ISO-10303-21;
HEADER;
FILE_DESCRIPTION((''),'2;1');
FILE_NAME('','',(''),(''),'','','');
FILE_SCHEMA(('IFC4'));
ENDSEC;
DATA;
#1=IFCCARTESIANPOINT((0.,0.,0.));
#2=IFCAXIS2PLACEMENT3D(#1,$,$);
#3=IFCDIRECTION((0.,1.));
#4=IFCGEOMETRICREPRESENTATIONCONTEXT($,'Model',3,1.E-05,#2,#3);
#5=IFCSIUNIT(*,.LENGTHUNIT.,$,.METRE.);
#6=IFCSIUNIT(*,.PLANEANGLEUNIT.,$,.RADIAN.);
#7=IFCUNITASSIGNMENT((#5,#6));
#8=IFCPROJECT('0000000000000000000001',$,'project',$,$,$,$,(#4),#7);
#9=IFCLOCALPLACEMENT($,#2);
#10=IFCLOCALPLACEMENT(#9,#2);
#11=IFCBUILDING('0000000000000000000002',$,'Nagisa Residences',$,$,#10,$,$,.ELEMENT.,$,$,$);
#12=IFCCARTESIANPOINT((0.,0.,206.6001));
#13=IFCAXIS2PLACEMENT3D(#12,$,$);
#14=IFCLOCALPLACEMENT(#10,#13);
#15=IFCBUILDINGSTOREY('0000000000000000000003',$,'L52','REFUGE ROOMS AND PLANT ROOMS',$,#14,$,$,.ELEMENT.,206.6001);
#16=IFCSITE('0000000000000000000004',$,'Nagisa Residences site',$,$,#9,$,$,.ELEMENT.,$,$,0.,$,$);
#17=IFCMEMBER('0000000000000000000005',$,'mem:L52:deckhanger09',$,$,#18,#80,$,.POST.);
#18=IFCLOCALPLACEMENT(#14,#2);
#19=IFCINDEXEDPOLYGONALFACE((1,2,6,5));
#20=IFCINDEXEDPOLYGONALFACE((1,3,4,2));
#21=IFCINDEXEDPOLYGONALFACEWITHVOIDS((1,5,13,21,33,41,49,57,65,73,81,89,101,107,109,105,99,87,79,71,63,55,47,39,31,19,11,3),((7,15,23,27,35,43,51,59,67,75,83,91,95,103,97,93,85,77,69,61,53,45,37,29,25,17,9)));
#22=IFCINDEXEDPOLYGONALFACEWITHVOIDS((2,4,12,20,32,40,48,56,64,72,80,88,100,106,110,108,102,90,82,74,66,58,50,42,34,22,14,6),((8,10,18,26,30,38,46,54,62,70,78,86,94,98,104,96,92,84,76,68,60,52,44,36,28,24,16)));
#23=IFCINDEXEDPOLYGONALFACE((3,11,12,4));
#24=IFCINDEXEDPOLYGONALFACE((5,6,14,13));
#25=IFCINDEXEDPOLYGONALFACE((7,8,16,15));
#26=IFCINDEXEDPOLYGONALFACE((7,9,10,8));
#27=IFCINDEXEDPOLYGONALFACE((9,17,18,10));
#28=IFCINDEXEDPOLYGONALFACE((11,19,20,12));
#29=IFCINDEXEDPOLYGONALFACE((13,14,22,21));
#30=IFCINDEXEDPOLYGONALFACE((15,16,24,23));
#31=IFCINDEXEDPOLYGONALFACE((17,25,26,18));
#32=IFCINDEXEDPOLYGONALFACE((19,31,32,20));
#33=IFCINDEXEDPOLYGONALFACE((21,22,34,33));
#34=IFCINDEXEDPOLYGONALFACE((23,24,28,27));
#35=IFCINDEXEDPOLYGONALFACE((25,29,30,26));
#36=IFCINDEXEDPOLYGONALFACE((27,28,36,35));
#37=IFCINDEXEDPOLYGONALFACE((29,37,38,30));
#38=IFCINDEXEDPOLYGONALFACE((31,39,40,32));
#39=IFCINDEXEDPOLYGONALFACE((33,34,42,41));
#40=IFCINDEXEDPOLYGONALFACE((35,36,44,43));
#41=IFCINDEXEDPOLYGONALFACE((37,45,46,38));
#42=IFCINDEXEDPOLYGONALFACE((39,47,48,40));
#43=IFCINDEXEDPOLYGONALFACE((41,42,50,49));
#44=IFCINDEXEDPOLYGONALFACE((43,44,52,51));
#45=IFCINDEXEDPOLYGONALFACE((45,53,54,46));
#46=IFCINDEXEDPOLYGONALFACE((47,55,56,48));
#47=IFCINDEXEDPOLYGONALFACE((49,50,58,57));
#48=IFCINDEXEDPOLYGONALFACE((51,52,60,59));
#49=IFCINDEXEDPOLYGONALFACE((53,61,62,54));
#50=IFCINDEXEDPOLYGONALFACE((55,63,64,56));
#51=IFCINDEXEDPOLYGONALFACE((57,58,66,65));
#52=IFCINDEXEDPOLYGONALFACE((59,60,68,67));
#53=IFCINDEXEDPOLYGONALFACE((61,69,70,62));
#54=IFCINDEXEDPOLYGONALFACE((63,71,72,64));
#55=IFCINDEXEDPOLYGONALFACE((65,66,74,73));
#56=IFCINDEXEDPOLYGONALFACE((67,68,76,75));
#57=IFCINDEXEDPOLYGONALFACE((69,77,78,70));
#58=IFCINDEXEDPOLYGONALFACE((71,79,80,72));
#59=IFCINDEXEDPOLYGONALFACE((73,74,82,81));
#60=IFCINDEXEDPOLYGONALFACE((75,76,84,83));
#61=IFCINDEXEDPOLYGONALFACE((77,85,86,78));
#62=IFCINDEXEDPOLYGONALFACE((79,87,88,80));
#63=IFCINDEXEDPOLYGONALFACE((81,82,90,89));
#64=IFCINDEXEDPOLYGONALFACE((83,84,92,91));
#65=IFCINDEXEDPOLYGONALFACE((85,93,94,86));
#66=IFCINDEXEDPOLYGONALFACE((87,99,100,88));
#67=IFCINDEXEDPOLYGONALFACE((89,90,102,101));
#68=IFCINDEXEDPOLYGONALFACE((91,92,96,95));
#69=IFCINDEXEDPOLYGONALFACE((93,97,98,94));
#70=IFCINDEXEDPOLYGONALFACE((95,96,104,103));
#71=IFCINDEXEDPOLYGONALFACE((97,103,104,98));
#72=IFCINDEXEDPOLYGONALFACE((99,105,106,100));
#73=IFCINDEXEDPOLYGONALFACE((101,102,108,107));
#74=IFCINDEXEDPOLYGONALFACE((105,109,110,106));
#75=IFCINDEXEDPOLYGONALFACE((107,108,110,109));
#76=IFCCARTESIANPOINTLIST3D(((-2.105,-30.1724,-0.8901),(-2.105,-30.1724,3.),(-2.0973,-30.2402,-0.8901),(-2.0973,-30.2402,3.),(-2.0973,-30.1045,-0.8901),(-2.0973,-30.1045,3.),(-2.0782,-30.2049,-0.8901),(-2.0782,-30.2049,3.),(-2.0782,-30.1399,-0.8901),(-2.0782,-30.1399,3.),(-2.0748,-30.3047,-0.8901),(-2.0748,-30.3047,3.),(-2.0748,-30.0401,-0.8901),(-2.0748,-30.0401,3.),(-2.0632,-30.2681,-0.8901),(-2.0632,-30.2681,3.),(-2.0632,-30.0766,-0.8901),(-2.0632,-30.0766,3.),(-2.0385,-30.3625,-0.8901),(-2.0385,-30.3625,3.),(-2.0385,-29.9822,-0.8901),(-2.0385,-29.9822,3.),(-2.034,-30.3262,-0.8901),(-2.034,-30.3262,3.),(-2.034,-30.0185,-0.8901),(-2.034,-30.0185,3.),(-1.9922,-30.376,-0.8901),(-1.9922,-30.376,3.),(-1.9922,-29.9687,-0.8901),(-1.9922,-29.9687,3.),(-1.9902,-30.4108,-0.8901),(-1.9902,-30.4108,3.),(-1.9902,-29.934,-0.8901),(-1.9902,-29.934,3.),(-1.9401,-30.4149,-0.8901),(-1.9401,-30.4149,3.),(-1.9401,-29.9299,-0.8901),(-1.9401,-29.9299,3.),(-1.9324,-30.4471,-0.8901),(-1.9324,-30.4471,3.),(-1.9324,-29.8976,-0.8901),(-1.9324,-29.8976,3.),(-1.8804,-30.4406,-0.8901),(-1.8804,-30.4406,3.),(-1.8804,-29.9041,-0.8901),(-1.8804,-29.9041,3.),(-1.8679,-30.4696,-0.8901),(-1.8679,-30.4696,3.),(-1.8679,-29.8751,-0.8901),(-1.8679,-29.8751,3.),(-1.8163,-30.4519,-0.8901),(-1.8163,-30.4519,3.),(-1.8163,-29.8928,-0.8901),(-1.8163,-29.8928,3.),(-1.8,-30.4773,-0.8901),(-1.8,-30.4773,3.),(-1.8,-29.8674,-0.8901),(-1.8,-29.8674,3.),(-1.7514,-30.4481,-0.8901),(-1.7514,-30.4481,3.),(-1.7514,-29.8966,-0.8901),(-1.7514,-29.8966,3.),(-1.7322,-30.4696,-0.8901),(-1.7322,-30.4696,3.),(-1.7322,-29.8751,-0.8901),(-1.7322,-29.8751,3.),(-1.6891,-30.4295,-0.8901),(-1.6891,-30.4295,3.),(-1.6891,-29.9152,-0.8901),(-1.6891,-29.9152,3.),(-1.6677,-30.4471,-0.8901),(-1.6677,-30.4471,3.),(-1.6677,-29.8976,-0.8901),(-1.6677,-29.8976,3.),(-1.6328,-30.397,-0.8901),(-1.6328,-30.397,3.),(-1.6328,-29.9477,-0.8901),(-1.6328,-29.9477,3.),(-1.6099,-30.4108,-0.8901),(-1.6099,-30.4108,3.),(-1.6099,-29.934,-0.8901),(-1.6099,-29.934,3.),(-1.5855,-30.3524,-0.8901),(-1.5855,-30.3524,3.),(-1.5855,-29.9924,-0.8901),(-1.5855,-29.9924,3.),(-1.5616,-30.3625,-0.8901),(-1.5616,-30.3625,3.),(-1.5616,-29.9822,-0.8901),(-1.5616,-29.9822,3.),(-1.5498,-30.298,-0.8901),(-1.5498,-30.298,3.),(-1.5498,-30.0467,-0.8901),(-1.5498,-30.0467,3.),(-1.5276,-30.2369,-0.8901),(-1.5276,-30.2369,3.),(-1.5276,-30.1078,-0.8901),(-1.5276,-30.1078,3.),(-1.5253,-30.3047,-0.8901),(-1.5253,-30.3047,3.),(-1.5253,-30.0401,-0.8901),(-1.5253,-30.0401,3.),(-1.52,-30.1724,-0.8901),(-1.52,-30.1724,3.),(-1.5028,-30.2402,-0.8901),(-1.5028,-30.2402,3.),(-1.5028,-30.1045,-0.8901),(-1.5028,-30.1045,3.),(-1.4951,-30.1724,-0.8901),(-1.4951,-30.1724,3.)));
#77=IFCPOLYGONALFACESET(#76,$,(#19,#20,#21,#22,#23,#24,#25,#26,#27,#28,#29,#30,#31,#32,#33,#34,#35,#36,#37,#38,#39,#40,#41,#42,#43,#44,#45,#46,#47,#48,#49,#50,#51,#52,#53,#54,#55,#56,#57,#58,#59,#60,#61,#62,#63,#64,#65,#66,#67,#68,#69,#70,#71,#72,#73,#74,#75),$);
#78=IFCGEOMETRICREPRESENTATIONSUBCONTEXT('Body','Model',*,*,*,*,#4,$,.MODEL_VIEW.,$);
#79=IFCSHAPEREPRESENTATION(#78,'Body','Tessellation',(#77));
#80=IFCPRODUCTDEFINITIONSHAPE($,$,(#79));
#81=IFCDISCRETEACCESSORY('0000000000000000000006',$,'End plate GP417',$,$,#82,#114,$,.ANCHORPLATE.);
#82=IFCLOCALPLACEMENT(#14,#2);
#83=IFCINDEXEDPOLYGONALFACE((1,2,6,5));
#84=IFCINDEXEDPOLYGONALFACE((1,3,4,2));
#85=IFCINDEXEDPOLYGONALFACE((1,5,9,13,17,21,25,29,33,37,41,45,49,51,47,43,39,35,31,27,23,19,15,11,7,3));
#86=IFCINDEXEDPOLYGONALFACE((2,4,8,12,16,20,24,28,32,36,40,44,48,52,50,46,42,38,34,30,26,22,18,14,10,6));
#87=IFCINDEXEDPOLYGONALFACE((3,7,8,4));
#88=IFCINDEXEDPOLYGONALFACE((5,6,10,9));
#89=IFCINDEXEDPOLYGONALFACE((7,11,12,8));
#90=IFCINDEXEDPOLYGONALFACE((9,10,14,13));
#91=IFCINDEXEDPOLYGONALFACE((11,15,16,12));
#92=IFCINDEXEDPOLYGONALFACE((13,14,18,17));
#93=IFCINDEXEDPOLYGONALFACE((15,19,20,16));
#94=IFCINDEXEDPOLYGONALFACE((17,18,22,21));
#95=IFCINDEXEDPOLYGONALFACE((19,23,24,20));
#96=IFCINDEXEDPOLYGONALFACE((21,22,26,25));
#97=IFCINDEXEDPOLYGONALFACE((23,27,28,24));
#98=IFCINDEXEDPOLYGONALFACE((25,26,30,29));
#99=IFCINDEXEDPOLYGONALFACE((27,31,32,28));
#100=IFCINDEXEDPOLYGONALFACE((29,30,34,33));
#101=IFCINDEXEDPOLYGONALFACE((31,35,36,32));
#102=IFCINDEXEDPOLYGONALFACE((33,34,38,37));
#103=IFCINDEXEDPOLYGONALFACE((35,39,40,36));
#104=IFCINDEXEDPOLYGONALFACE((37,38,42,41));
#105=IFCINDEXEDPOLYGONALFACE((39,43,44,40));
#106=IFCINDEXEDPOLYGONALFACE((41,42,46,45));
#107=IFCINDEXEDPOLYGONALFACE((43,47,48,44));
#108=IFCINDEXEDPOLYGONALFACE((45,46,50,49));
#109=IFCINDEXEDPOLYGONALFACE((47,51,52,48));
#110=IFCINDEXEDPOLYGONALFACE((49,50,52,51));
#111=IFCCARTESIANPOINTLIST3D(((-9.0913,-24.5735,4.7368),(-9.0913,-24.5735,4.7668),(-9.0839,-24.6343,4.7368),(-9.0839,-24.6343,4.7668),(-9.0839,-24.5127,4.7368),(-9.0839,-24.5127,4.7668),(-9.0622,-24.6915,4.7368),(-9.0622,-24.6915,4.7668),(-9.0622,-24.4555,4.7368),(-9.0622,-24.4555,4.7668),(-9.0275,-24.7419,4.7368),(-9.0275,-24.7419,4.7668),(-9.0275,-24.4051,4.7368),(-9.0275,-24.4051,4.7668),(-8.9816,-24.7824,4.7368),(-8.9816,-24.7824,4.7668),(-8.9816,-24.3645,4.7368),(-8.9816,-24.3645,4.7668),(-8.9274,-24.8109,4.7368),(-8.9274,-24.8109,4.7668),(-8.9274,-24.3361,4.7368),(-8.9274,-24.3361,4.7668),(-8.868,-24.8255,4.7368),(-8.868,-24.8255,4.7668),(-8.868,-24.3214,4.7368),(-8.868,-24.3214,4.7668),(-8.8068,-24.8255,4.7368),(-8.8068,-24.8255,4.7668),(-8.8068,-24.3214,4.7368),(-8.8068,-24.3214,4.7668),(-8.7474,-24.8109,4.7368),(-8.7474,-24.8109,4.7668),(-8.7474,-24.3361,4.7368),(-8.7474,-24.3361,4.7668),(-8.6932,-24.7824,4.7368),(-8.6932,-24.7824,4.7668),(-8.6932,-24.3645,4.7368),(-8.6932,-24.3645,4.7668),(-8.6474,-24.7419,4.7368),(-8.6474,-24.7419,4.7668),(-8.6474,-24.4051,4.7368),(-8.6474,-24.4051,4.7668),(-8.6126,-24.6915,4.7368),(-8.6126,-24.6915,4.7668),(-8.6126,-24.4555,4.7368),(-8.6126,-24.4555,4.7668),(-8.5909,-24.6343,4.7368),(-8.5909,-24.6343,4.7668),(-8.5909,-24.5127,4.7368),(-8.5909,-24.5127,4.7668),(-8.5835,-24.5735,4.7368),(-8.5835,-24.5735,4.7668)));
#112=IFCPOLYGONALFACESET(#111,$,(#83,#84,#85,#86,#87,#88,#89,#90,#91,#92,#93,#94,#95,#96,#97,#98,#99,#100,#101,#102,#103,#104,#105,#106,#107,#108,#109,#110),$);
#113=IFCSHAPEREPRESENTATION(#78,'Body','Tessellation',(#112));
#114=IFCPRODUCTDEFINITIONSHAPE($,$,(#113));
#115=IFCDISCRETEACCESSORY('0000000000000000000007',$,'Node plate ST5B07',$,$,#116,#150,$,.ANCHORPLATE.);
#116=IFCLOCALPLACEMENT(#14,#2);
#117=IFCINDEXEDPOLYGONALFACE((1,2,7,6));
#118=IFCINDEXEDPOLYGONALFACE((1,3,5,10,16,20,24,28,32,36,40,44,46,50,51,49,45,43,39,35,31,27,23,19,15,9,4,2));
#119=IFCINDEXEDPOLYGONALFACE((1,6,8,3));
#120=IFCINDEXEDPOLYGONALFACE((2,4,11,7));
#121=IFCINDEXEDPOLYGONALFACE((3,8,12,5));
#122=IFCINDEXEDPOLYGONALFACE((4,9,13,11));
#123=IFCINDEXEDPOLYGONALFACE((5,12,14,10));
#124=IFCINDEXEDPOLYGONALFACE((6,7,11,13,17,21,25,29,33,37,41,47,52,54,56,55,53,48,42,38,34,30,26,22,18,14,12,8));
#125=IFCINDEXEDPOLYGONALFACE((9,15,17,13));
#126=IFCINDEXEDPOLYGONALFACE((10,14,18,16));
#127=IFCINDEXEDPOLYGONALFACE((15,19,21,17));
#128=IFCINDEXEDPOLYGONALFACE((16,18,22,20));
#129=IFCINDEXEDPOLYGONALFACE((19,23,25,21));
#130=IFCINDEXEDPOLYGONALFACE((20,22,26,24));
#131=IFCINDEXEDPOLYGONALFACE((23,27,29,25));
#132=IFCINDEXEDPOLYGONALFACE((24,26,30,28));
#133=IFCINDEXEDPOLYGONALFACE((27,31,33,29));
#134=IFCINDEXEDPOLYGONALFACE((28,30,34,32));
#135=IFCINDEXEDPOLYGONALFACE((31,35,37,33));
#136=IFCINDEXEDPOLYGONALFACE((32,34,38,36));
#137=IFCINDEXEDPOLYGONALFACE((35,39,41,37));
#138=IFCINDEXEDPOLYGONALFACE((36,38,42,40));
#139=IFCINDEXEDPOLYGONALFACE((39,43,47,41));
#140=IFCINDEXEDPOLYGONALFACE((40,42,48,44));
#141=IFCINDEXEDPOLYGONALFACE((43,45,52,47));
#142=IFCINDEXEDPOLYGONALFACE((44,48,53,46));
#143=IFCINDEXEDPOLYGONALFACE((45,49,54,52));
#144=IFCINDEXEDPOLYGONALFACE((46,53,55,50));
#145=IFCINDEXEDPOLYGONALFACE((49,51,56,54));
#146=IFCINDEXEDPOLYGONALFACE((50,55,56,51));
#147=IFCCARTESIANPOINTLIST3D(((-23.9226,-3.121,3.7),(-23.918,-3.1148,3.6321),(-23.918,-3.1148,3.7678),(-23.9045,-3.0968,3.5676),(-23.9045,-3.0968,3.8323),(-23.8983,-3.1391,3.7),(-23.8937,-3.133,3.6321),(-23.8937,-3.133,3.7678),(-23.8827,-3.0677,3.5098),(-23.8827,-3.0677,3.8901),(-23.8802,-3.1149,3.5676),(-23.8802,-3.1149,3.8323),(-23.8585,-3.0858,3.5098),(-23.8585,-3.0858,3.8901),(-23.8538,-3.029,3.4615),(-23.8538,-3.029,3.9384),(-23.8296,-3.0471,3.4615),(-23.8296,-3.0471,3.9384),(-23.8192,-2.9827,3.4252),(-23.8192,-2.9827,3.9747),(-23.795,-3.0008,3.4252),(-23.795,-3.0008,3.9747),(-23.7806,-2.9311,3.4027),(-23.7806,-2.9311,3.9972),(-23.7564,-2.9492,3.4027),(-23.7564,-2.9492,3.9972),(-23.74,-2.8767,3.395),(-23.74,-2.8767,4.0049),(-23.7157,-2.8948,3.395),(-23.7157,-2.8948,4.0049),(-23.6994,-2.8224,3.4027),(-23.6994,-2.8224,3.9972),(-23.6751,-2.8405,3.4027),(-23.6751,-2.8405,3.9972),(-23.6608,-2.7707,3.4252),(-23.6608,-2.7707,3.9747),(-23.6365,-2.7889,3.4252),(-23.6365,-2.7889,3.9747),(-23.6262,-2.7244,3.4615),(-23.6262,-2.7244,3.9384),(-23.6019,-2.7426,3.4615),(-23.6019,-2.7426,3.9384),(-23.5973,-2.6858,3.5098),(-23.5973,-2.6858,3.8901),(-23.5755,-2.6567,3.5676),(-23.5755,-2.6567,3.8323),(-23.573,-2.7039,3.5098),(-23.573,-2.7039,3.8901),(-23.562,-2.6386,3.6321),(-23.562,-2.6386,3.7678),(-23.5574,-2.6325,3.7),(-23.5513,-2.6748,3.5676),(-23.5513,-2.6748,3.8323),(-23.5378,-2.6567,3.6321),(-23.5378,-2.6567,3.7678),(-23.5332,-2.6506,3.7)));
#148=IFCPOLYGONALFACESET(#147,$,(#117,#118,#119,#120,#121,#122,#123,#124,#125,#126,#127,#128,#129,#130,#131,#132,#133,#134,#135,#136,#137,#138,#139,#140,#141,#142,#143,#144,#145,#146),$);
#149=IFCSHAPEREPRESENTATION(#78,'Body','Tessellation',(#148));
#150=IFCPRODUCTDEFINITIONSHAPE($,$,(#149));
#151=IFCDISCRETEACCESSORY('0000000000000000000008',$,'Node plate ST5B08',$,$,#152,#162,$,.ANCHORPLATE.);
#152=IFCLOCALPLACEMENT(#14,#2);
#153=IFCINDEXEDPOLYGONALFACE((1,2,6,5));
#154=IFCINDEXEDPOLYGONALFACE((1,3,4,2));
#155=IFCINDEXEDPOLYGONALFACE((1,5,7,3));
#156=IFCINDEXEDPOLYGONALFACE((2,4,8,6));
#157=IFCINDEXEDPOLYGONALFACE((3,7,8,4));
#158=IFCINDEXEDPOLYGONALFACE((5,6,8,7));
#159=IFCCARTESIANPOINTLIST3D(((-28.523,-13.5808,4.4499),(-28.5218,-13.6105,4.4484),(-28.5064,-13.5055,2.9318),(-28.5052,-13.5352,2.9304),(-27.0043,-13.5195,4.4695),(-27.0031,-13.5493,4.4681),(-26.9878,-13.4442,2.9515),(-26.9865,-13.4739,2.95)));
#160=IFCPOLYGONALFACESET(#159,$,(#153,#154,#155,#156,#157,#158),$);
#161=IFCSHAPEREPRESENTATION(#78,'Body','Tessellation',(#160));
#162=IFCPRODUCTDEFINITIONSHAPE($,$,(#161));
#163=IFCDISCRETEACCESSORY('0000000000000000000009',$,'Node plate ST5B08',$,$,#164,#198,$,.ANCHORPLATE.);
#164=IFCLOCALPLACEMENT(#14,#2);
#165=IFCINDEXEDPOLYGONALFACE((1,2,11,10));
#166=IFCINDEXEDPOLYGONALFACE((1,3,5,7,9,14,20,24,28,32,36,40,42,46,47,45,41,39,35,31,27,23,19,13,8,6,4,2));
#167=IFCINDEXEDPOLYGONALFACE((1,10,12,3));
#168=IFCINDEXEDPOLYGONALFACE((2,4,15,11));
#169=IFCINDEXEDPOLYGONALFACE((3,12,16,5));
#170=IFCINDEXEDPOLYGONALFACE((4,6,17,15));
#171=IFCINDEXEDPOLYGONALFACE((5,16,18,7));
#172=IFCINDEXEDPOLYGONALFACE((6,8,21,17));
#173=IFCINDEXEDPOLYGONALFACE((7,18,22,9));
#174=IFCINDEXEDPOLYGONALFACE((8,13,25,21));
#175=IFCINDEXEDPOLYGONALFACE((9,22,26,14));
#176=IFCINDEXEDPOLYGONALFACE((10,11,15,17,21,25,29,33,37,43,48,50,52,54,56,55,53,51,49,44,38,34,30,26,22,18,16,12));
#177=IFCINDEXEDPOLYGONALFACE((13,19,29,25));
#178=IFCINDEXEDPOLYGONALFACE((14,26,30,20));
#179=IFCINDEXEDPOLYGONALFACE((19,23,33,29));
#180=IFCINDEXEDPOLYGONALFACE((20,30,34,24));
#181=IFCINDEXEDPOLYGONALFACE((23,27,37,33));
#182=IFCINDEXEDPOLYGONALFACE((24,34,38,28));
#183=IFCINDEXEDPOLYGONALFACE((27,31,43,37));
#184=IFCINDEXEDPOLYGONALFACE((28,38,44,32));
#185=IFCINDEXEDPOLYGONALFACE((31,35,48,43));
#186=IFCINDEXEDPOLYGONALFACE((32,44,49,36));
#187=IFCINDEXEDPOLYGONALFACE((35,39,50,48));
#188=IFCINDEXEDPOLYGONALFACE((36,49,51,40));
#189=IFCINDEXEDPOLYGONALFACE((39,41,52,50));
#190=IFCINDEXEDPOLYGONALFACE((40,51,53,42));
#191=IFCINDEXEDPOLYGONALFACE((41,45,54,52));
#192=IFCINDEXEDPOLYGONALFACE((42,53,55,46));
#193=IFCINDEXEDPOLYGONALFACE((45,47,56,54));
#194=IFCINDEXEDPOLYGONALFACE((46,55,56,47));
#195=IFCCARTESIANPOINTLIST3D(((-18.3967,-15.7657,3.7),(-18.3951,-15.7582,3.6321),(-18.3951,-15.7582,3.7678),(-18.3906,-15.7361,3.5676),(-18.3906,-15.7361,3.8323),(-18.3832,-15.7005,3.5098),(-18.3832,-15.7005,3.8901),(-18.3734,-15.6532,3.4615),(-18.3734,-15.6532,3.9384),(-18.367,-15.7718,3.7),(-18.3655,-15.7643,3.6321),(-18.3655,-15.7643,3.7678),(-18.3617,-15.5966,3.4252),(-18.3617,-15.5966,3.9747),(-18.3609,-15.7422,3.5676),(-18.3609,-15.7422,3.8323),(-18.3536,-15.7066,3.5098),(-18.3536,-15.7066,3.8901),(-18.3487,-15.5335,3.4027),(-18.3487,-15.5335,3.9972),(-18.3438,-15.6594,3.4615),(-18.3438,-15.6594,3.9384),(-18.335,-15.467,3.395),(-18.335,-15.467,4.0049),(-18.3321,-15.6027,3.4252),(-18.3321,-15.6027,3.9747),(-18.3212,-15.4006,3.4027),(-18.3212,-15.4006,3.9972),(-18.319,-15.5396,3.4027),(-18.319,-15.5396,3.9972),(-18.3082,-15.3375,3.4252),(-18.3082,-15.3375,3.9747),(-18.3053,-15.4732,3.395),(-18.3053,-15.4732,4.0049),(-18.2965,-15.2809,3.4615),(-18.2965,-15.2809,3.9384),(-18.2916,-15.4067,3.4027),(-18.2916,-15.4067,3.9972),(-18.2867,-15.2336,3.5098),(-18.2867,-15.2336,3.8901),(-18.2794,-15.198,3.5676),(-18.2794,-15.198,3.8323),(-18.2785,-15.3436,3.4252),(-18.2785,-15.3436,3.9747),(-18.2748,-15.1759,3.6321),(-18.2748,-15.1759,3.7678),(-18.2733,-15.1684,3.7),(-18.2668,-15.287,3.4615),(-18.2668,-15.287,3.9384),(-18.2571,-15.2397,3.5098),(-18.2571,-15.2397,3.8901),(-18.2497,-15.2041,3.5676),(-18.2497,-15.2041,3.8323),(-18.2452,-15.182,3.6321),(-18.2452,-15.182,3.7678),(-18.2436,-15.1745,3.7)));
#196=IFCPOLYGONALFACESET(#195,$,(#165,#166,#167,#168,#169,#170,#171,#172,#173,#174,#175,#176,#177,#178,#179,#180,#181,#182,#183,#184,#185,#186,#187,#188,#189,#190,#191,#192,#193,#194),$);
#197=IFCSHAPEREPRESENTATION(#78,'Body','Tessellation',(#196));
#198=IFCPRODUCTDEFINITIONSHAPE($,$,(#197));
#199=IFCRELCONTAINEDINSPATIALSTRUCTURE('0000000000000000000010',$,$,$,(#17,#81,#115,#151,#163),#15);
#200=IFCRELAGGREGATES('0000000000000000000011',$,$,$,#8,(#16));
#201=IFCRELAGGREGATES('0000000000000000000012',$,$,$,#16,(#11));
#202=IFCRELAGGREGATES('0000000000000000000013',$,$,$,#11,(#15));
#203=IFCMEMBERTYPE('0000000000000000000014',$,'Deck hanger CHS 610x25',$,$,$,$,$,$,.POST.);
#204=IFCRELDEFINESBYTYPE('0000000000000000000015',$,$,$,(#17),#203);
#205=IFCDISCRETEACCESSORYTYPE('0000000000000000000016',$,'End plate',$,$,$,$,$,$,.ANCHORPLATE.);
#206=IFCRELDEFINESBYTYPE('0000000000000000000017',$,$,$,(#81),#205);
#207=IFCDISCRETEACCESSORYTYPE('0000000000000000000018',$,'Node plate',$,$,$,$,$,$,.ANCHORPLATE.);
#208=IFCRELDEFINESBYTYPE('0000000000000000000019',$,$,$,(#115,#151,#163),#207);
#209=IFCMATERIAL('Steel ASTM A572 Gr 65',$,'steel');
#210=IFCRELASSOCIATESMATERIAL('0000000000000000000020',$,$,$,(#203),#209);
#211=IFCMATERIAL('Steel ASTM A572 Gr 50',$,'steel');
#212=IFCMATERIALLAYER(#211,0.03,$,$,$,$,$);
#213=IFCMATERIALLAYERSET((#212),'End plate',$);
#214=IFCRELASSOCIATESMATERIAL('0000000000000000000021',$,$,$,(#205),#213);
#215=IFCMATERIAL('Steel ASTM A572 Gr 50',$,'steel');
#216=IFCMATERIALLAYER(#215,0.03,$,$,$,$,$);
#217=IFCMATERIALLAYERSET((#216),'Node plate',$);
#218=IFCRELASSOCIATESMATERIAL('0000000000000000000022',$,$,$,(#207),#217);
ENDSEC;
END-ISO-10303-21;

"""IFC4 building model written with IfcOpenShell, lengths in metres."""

from ifc_helpers import new_model, si_unit, direction, frame, origin, origin_2d, place, context, subcontext, project, spatial, rectangle, circle, hollow_circle, extrude, material, layer, layer_set, material_profile, profile_set, type_object, element, save


model = new_model("IFC4")

# Units and contexts
model_context = context("Model", 3, precision=1e-05, world=origin(), true_north=direction((0.0, 1.0)))
body_context = subcontext(model_context, "Body", "Model", "MODEL_VIEW")
ifc_project = project(units=[si_unit("LENGTHUNIT", "METRE"), si_unit("PLANEANGLEUNIT", "RADIAN")], contexts=[model_context])

# Site, building, storey
site_placement = place(None, origin())
site = spatial("IfcSite", under=ifc_project, at=site_placement, Name="Nagisa Residences site", CompositionType="ELEMENT", RefElevation=0.0)
building_placement = place(site_placement, origin())
building = spatial("IfcBuilding", under=site, at=building_placement, Name="Nagisa Residences", CompositionType="ELEMENT")
storey_placement = place(building_placement, frame((0.0, 0.0, 206.6001)))
storey = spatial("IfcBuildingStorey", under=building, at=storey_placement, Name="L52", Description="REFUGE ROOMS AND PLANT ROOMS", CompositionType="ELEMENT", Elevation=206.6001)

# Member
ifc_material_1 = material(Name="Steel ASTM A572 Gr 65", Category="steel")
ifc_material_profile_1 = material_profile(ifc_material_1, hollow_circle(Radius=0.3049, WallThickness=0.0249, at=origin_2d()), Name="CHS 610x25")
ifc_profile_set_1 = profile_set([ifc_material_profile_1], Name="Steel ASTM A572 Gr 65")
member_type_1 = type_object("IfcMemberType", Name="Deck hanger CHS 610x25", PredefinedType="POST", material=ifc_profile_set_1)
member_1_placement = place(storey_placement, frame((-1.8, -30.1724, 3.0), z_axis=(0.0, 0.0, -1.0), x_axis=(1.0, 0.0, 0.0)))
element("IfcMember", 1, at=member_1_placement, inside=storey, type_object=member_type_1, Name="mem:L52:deckhanger09", PredefinedType="POST", context=body_context, shape_type="SweptSolid", body=[
    extrude(hollow_circle(Radius=0.3049, WallThickness=0.0249, at=origin_2d()), origin(), (0.0, 0.0, 1.0), 3.8901),
])

# Discrete accessories
ifc_material_2 = material(Name="Steel ASTM A572 Gr 50", Category="steel")
ifc_layer_1 = layer(ifc_material_2, 0.03)
ifc_layer_set_1 = layer_set([ifc_layer_1], Name="End plate")
discrete_accessory_type_1 = type_object("IfcDiscreteAccessoryType", Name="End plate", PredefinedType="ANCHORPLATE", material=ifc_layer_set_1)
discrete_accessory_1_placement = place(storey_placement, frame((-8.8374, -24.5735, 4.7368), z_axis=(0.0, 0.0, 1.0), x_axis=(1.0, 0.0, 0.0)))
element("IfcDiscreteAccessory", 2, at=discrete_accessory_1_placement, inside=storey, type_object=discrete_accessory_type_1, Name="End plate GP417", PredefinedType="ANCHORPLATE", context=body_context, shape_type="SweptSolid", body=[
    extrude(circle(Radius=0.2539, at=origin_2d()), origin(), (0.0, 0.0, 1.0), 0.03),
])
ifc_material_3 = material(Name="Steel ASTM A572 Gr 50", Category="steel")
ifc_layer_2 = layer(ifc_material_3, 0.03)
ifc_layer_set_2 = layer_set([ifc_layer_2], Name="Node plate")
discrete_accessory_type_2 = type_object("IfcDiscreteAccessoryType", Name="Node plate", PredefinedType="ANCHORPLATE", material=ifc_layer_set_2)
discrete_accessory_2_placement = place(storey_placement, frame((-23.74, -2.8767, 3.7), z_axis=(0.80097, -0.598705, 0.0), x_axis=(0.598705, 0.80097, 0.0)))
element("IfcDiscreteAccessory", 3, at=discrete_accessory_2_placement, inside=storey, type_object=discrete_accessory_type_2, Name="Node plate ST5B07", PredefinedType="ANCHORPLATE", context=body_context, shape_type="SweptSolid", body=[
    extrude(circle(Radius=0.3049, at=origin_2d()), origin(), (0.0, 0.0, 1.0), 0.0303),
])
discrete_accessory_3_placement = place(storey_placement, frame((-27.7542, -13.5422, 3.6992), z_axis=(-0.0409, 0.997957, 0.04908), x_axis=(0.999104, 0.040313, 0.012898)))
element("IfcDiscreteAccessory", 4, at=discrete_accessory_3_placement, inside=storey, type_object=discrete_accessory_type_2, Name="Node plate ST5B08", PredefinedType="ANCHORPLATE", context=body_context, shape_type="SweptSolid", body=[
    extrude(rectangle(XDim=1.52, YDim=1.52, at=origin_2d()), origin(), (0.0, 0.0, 1.0), 0.0298),
])
discrete_accessory_4_placement = place(storey_placement, frame((-18.335, -15.467, 3.7), z_axis=(0.979316, -0.202338, 0.0), x_axis=(0.202338, 0.979316, 0.0)))
element("IfcDiscreteAccessory", 5, at=discrete_accessory_4_placement, inside=storey, type_object=discrete_accessory_type_2, Name="Node plate ST5B08", PredefinedType="ANCHORPLATE", context=body_context, shape_type="SweptSolid", body=[
    extrude(circle(Radius=0.3049, at=origin_2d()), origin(), (0.0, 0.0, 1.0), 0.0303),
])

save(model, "model.ifc")
